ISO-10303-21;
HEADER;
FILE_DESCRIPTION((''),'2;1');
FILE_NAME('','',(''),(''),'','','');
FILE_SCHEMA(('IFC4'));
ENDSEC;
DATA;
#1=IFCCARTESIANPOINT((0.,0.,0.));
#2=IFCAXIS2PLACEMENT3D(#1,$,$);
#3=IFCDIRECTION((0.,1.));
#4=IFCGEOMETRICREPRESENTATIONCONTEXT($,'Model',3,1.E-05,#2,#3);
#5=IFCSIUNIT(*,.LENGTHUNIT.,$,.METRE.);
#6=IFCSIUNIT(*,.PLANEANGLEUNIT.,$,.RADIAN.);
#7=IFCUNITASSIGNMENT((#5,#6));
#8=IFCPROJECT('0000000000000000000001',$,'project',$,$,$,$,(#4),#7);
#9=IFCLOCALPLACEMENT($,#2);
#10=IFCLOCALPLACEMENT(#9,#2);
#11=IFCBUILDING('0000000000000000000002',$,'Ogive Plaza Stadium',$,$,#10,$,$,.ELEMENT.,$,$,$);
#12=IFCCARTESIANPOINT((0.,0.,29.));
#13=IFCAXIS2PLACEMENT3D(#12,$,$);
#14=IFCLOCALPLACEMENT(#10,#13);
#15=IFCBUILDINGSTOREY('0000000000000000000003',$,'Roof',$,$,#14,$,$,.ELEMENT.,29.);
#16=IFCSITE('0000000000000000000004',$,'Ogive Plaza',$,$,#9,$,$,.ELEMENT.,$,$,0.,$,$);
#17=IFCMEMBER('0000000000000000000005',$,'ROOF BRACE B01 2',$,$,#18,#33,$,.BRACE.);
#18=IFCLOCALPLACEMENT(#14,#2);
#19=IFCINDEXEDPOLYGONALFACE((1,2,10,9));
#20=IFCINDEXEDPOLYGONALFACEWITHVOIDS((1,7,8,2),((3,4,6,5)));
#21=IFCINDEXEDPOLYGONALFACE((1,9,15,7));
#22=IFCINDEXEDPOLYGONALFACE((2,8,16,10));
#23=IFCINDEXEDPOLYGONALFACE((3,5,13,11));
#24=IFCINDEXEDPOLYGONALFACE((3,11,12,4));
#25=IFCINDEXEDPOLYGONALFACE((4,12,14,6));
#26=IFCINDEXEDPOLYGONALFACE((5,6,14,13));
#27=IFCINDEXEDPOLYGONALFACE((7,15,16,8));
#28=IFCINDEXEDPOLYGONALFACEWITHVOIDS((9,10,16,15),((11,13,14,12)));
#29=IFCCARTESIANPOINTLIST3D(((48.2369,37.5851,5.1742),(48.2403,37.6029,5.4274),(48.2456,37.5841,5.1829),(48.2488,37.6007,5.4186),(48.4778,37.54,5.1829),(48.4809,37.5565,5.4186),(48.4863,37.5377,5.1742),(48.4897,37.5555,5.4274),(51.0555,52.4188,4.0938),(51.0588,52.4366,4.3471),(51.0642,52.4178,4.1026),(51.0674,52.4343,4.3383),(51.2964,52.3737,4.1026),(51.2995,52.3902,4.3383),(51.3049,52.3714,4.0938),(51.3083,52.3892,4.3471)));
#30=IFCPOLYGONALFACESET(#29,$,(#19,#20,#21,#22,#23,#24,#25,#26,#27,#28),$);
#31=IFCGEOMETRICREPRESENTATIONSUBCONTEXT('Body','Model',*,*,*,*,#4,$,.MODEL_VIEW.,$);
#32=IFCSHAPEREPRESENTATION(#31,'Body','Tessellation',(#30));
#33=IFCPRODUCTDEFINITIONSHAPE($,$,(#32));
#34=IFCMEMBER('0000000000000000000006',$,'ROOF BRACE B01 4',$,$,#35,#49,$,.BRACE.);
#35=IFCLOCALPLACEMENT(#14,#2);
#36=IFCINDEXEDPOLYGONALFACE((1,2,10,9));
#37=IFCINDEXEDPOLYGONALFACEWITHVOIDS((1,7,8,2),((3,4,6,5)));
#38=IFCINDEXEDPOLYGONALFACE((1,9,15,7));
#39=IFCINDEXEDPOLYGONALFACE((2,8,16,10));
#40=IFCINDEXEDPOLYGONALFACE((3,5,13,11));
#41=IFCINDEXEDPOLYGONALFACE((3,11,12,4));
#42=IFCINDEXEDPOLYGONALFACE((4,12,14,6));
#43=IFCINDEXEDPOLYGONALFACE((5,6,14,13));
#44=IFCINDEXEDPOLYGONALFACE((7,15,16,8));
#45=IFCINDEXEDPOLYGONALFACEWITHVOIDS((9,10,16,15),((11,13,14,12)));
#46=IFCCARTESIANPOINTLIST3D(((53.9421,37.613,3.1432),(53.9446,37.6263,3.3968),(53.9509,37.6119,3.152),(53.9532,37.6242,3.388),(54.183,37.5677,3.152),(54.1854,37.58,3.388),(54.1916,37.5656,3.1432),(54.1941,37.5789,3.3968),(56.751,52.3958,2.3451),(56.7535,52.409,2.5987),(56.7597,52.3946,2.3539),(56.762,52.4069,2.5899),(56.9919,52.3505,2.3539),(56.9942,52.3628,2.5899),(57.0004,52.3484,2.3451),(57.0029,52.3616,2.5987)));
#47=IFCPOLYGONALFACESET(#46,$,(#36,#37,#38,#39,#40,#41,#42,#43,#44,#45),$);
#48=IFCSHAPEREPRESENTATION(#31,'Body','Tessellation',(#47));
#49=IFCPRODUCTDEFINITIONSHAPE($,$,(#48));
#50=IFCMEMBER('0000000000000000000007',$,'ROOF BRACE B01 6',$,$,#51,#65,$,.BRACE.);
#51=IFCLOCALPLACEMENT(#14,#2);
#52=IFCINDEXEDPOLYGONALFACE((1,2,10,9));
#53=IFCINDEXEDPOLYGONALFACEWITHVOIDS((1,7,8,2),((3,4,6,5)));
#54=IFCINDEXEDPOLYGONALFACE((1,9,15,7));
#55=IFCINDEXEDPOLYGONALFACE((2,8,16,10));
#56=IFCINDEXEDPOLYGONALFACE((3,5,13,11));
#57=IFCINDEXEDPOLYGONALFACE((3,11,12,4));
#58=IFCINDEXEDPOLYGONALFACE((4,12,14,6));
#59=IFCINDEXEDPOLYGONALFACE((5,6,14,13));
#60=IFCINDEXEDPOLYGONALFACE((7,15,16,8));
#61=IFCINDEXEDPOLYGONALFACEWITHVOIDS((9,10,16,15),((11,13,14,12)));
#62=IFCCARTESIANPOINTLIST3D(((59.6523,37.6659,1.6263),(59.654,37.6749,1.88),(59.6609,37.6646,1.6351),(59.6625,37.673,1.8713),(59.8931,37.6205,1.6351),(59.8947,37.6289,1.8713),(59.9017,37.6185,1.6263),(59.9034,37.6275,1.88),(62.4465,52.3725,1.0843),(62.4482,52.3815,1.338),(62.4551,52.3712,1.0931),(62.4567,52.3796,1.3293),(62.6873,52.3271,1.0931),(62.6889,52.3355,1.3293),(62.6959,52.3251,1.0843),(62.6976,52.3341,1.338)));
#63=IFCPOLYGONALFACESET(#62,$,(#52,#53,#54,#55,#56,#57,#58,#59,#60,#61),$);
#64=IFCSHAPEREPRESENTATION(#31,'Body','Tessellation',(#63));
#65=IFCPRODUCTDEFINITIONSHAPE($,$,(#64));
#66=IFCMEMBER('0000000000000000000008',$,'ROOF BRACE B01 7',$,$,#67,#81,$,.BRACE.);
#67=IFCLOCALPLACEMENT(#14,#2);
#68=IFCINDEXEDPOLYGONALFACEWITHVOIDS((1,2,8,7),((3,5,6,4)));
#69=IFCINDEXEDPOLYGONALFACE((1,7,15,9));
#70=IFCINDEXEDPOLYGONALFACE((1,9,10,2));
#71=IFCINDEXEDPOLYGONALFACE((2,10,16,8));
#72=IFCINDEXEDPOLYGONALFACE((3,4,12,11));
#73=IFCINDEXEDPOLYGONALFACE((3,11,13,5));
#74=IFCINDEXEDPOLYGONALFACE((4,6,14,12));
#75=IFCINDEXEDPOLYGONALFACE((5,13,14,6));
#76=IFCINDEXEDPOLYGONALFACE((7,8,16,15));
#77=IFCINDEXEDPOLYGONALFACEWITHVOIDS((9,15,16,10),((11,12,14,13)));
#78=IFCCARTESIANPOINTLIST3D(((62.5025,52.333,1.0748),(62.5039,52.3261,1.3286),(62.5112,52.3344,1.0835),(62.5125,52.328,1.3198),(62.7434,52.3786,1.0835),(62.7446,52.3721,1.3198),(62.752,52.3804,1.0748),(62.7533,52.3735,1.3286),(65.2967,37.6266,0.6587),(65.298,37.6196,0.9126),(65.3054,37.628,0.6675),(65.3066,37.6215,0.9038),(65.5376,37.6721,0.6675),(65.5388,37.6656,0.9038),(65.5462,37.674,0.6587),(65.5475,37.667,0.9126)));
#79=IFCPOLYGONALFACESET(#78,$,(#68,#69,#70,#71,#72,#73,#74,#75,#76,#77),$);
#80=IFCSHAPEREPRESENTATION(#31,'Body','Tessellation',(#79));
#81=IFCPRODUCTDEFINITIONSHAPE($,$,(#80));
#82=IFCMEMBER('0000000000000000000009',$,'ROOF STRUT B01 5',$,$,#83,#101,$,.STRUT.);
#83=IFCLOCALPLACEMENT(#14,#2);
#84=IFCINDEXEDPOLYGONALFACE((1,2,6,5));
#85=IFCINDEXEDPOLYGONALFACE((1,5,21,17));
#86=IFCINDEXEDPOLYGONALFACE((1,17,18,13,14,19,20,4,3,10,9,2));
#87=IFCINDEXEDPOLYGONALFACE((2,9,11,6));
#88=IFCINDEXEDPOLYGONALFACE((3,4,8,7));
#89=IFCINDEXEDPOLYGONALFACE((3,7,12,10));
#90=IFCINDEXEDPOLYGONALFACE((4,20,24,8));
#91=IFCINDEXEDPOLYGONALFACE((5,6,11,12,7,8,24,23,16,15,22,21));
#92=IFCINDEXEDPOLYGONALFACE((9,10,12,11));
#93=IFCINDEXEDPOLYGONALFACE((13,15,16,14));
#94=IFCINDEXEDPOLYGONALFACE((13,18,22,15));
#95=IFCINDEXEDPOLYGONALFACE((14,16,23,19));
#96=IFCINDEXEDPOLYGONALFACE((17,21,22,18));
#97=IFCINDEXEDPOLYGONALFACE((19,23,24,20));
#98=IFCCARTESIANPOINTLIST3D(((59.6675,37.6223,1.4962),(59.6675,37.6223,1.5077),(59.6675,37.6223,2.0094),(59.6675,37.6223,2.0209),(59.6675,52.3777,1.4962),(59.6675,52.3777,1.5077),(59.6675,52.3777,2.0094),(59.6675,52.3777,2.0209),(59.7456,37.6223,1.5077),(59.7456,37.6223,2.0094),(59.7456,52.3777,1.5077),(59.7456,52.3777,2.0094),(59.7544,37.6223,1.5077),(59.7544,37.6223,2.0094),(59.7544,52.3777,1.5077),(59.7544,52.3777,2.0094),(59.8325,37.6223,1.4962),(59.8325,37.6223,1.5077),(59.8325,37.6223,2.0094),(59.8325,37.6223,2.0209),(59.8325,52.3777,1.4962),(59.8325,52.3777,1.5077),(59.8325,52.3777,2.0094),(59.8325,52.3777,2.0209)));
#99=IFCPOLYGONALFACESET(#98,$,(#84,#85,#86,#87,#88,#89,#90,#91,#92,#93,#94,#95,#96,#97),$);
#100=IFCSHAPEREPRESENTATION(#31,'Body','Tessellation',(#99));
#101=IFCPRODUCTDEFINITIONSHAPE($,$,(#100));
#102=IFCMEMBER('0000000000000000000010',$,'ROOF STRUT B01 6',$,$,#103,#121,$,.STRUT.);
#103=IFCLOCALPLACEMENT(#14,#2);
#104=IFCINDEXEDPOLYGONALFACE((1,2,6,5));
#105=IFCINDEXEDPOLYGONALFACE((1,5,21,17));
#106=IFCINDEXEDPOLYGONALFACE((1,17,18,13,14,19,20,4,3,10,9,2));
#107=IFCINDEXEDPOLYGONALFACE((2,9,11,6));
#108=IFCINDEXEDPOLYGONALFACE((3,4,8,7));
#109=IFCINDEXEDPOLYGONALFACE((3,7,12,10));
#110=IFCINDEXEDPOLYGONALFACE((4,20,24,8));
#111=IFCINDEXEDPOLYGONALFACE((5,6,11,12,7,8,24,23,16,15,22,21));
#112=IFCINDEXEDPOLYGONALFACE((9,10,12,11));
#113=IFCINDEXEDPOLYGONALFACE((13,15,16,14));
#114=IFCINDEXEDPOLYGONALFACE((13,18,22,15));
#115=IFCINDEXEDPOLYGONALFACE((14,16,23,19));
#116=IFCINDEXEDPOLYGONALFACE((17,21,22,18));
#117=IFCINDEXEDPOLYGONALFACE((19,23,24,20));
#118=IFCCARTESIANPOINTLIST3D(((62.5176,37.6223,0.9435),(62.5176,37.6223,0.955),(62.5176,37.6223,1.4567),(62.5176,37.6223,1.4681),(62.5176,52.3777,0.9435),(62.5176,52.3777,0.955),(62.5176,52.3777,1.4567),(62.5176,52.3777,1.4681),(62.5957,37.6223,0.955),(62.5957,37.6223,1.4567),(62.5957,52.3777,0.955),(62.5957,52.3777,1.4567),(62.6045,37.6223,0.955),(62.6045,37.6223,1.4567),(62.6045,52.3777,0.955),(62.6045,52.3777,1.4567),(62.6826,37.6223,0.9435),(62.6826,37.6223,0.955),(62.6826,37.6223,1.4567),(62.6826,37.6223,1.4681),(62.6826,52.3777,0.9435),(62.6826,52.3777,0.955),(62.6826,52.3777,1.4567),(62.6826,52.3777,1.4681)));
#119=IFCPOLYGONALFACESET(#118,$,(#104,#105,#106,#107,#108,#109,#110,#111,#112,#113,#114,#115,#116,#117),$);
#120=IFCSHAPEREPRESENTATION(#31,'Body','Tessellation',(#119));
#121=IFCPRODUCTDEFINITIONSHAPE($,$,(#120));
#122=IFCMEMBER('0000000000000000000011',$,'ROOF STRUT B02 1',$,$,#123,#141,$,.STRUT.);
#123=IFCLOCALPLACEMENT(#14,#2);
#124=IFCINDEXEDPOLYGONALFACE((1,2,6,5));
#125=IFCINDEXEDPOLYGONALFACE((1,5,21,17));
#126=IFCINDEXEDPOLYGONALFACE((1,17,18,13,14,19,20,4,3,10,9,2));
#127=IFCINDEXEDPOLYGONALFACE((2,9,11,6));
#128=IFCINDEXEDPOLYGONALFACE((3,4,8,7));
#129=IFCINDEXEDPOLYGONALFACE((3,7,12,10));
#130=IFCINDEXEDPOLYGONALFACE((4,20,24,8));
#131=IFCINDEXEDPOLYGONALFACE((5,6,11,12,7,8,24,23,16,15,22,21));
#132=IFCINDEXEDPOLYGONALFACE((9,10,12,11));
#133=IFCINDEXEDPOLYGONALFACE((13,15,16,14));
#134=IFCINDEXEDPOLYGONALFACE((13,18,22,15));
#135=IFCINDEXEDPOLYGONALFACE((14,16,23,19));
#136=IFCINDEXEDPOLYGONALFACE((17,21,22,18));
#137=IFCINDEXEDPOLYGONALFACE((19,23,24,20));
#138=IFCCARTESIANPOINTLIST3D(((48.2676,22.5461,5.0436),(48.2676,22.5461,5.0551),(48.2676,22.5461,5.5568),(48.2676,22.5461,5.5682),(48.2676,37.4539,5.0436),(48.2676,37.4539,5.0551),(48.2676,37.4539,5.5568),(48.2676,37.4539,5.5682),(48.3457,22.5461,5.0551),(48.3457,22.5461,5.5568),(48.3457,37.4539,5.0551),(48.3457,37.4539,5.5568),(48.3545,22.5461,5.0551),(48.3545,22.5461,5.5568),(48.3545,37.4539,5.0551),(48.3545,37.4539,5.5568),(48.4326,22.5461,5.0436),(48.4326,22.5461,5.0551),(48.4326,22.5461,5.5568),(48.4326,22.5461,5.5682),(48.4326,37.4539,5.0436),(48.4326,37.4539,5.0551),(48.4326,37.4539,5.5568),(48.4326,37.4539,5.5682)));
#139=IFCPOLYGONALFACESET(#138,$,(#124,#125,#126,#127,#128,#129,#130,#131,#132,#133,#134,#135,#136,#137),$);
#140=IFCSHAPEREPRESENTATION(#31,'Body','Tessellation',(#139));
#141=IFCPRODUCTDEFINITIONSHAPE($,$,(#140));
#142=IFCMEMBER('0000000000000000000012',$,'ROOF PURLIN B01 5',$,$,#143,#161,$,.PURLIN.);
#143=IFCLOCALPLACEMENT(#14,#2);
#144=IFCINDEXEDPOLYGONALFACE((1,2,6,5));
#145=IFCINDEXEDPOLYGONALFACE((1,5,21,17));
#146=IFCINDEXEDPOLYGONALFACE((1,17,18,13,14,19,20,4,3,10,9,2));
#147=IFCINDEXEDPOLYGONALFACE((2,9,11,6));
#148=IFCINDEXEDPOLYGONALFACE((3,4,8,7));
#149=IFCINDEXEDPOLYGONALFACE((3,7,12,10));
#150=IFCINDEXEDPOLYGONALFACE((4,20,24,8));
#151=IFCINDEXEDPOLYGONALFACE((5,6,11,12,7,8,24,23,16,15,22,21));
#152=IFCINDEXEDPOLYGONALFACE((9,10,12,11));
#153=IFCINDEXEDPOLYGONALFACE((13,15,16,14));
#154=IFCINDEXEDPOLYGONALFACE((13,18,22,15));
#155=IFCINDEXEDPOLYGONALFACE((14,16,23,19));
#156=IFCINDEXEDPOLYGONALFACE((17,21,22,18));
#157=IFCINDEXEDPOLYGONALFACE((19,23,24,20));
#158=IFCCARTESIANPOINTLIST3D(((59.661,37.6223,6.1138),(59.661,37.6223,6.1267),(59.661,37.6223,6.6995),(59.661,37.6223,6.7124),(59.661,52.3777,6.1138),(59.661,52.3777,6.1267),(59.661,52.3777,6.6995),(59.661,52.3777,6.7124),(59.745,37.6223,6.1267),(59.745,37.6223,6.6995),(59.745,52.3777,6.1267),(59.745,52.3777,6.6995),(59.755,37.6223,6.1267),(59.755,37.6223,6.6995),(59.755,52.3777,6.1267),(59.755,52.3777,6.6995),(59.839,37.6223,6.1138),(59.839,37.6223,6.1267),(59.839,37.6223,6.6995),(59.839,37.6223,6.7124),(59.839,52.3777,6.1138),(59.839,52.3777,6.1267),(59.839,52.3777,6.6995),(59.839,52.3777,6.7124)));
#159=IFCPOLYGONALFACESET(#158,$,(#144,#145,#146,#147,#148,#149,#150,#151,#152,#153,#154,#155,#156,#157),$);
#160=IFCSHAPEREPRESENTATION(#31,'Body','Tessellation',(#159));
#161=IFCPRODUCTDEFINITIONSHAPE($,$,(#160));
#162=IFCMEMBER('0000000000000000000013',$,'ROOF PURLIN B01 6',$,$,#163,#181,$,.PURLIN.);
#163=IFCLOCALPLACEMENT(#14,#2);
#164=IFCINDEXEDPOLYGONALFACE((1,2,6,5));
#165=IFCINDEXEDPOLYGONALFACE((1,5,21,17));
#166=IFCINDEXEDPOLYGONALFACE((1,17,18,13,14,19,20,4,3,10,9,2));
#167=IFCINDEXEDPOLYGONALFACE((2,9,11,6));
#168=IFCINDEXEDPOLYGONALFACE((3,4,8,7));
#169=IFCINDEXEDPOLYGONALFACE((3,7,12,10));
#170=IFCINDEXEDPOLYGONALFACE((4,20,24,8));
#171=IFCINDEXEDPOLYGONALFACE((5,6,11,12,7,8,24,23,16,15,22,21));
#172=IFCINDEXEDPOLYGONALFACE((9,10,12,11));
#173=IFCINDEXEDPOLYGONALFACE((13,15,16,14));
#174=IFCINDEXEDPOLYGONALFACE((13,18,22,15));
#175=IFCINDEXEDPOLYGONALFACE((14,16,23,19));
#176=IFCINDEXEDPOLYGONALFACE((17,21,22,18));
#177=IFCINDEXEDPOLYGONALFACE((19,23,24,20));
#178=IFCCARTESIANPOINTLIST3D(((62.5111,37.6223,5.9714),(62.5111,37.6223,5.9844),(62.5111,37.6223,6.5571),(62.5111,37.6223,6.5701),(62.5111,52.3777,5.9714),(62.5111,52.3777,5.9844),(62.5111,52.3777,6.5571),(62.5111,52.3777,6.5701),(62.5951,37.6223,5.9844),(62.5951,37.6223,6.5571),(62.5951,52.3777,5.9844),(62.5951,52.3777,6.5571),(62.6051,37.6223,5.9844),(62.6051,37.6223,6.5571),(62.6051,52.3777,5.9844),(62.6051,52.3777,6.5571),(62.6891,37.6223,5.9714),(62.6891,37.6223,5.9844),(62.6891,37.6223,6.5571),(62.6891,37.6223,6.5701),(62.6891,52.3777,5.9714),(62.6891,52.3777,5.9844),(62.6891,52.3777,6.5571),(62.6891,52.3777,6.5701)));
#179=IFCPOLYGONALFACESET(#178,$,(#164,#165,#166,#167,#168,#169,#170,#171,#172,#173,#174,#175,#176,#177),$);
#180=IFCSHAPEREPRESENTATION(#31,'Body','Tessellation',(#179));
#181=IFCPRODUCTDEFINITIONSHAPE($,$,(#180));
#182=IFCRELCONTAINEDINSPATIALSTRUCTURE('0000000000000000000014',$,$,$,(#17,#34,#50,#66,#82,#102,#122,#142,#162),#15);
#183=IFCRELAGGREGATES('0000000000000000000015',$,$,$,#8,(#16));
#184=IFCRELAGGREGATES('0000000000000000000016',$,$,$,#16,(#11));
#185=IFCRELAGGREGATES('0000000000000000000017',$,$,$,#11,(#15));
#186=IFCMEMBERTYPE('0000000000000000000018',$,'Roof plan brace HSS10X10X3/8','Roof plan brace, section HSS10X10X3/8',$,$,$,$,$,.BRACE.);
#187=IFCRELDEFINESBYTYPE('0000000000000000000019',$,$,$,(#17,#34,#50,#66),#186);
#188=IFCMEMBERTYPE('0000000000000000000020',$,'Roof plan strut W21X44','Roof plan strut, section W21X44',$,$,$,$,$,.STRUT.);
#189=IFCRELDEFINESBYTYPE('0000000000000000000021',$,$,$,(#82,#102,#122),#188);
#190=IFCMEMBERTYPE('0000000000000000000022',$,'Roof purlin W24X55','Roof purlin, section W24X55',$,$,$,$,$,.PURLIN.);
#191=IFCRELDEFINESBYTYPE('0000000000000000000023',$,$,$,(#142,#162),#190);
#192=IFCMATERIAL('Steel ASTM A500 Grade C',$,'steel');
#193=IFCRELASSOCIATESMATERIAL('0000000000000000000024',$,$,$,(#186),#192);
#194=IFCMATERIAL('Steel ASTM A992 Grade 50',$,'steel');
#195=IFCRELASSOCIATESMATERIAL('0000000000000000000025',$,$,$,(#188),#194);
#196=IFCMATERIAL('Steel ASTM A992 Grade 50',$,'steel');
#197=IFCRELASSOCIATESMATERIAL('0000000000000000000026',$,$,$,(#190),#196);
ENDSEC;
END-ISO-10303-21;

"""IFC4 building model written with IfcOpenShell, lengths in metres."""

from ifc_helpers import new_model, si_unit, direction, frame, origin, origin_2d, place, context, subcontext, project, spatial, hollow_rectangle, i_section, extrude, material, material_profile, profile_set, type_object, element, save


model = new_model("IFC4")

# Units and contexts
model_context = context("Model", 3, precision=1e-05, world=origin(), true_north=direction((0.0, 1.0)))
body_context = subcontext(model_context, "Body", "Model", "MODEL_VIEW")
ifc_project = project(units=[si_unit("LENGTHUNIT", "METRE"), si_unit("PLANEANGLEUNIT", "RADIAN")], contexts=[model_context])

# Site, building, storey
site_placement = place(None, origin())
site = spatial("IfcSite", under=ifc_project, at=site_placement, Name="Ogive Plaza", CompositionType="ELEMENT", RefElevation=0.0)
building_placement = place(site_placement, origin())
building = spatial("IfcBuilding", under=site, at=building_placement, Name="Ogive Plaza Stadium", CompositionType="ELEMENT")
storey_placement = place(building_placement, frame((0.0, 0.0, 29.0)))
storey = spatial("IfcBuildingStorey", under=building, at=storey_placement, Name="Roof", CompositionType="ELEMENT", Elevation=29.0)

# Members
ifc_material_1 = material(Name="Steel ASTM A500 Grade C", Category="steel")
ifc_material_profile_1 = material_profile(ifc_material_1, hollow_rectangle(XDim=0.2539, YDim=0.2539, WallThickness=0.0088, at=origin_2d()), Name="HSS10X10X3/8")
ifc_profile_set_1 = profile_set([ifc_material_profile_1], Name="Steel ASTM A500 Grade C")
member_type_1 = type_object("IfcMemberType", Name="Roof plan brace HSS10X10X3/8", Description="Roof plan brace, section HSS10X10X3/8", PredefinedType="BRACE", material=ifc_profile_set_1)
member_1_placement = place(storey_placement, frame((48.3633, 37.5703, 5.3008), z_axis=(0.186197, 0.979917, -0.071366), x_axis=(-0.982422, 0.186673, 0.0)))
element("IfcMember", 1, at=member_1_placement, inside=storey, type_object=member_type_1, Name="ROOF BRACE B01 2", PredefinedType="BRACE", context=body_context, shape_type="SweptSolid", body=[
    extrude(hollow_rectangle(XDim=0.2539, YDim=0.2539, WallThickness=0.0088, at=origin_2d()), origin(), (0.0, 0.0, 1.0), 15.1377),
])
member_2_placement = place(storey_placement, frame((54.0681, 37.5959, 3.27), z_axis=(0.186406, 0.981044, -0.052965), x_axis=(-0.982423, 0.186668, 0.0)))
element("IfcMember", 2, at=member_2_placement, inside=storey, type_object=member_type_1, Name="ROOF BRACE B01 4", PredefinedType="BRACE", context=body_context, shape_type="SweptSolid", body=[
    extrude(hollow_rectangle(XDim=0.2539, YDim=0.2539, WallThickness=0.0088, at=origin_2d()), origin(), (0.0, 0.0, 1.0), 15.0684),
])
member_3_placement = place(storey_placement, frame((59.7778, 37.6467, 1.7532), z_axis=(0.186535, 0.981782, -0.036182), x_axis=(-0.982425, 0.186657, 0.0)))
element("IfcMember", 3, at=member_3_placement, inside=storey, type_object=member_type_1, Name="ROOF BRACE B01 6", PredefinedType="BRACE", context=body_context, shape_type="SweptSolid", body=[
    extrude(hollow_rectangle(XDim=0.2539, YDim=0.2539, WallThickness=0.0088, at=origin_2d()), origin(), (0.0, 0.0, 1.0), 14.9795),
])
member_4_placement = place(storey_placement, frame((62.6279, 52.3533, 1.2017), z_axis=(0.186585, -0.982046, -0.02778), x_axis=(0.982425, 0.186657, 0.0)))
element("IfcMember", 4, at=member_4_placement, inside=storey, type_object=member_type_1, Name="ROOF BRACE B01 7", PredefinedType="BRACE", context=body_context, shape_type="SweptSolid", body=[
    extrude(hollow_rectangle(XDim=0.2539, YDim=0.2539, WallThickness=0.0088, at=origin_2d()), origin(), (0.0, 0.0, 1.0), 14.9753),
])
ifc_material_2 = material(Name="Steel ASTM A992 Grade 50", Category="steel")
ifc_material_profile_2 = material_profile(ifc_material_2, i_section(OverallWidth=0.165, OverallDepth=0.5247, WebThickness=0.0088, FlangeThickness=0.0115, at=origin_2d()), Name="W21X44")
ifc_profile_set_2 = profile_set([ifc_material_profile_2], Name="Steel ASTM A992 Grade 50")
member_type_2 = type_object("IfcMemberType", Name="Roof plan strut W21X44", Description="Roof plan strut, section W21X44", PredefinedType="STRUT", material=ifc_profile_set_2)
for number, where, z_axis, x_axis, name in (
    (5, (59.75, 52.3777, 1.7585), (0.0, -1.0, 0.0), (1.0, 0.0, 0.0), "ROOF STRUT B01 5"),
    (6, (62.6001, 52.3777, 1.2058), (0.0, -1.0, 0.0), (1.0, 0.0, 0.0), "ROOF STRUT B01 6"),
):
    element("IfcMember", number, at=place(storey_placement, frame(where, z_axis=z_axis, x_axis=x_axis)), inside=storey, type_object=member_type_2, Name=name, PredefinedType="STRUT", context=body_context, shape_type="SweptSolid", body=[
        extrude(i_section(OverallWidth=0.165, OverallDepth=0.5247, WebThickness=0.0088, FlangeThickness=0.0115, at=origin_2d()), origin(), (0.0, 0.0, 1.0), 14.7554),
    ])
member_5_placement = place(storey_placement, frame((48.3501, 37.4539, 5.3059), z_axis=(0.0, -1.0, 0.0), x_axis=(1.0, 0.0, 0.0)))
element("IfcMember", 7, at=member_5_placement, inside=storey, type_object=member_type_2, Name="ROOF STRUT B02 1", PredefinedType="STRUT", context=body_context, shape_type="SweptSolid", body=[
    extrude(i_section(OverallWidth=0.165, OverallDepth=0.5247, WebThickness=0.0088, FlangeThickness=0.0115, at=origin_2d()), origin(), (0.0, 0.0, 1.0), 14.9077),
])
ifc_material_3 = material(Name="Steel ASTM A992 Grade 50", Category="steel")
ifc_material_profile_3 = material_profile(ifc_material_3, i_section(OverallWidth=0.178, OverallDepth=0.5986, WebThickness=0.01, FlangeThickness=0.0129, at=origin_2d()), Name="W24X55")
ifc_profile_set_3 = profile_set([ifc_material_profile_3], Name="Steel ASTM A992 Grade 50")
member_type_3 = type_object("IfcMemberType", Name="Roof purlin W24X55", Description="Roof purlin, section W24X55", PredefinedType="PURLIN", material=ifc_profile_set_3)
for number, where, z_axis, x_axis, name in (
    (8, (59.75, 52.3777, 6.4131), (0.0, -1.0, 0.0), (1.0, 0.0, 0.0), "ROOF PURLIN B01 5"),
    (9, (62.6001, 52.3777, 6.2708), (0.0, -1.0, 0.0), (1.0, 0.0, 0.0), "ROOF PURLIN B01 6"),
):
    element("IfcMember", number, at=place(storey_placement, frame(where, z_axis=z_axis, x_axis=x_axis)), inside=storey, type_object=member_type_3, Name=name, PredefinedType="PURLIN", context=body_context, shape_type="SweptSolid", body=[
        extrude(i_section(OverallWidth=0.178, OverallDepth=0.5986, WebThickness=0.01, FlangeThickness=0.0129, at=origin_2d()), origin(), (0.0, 0.0, 1.0), 14.7554),
    ])

save(model, "model.ifc")
